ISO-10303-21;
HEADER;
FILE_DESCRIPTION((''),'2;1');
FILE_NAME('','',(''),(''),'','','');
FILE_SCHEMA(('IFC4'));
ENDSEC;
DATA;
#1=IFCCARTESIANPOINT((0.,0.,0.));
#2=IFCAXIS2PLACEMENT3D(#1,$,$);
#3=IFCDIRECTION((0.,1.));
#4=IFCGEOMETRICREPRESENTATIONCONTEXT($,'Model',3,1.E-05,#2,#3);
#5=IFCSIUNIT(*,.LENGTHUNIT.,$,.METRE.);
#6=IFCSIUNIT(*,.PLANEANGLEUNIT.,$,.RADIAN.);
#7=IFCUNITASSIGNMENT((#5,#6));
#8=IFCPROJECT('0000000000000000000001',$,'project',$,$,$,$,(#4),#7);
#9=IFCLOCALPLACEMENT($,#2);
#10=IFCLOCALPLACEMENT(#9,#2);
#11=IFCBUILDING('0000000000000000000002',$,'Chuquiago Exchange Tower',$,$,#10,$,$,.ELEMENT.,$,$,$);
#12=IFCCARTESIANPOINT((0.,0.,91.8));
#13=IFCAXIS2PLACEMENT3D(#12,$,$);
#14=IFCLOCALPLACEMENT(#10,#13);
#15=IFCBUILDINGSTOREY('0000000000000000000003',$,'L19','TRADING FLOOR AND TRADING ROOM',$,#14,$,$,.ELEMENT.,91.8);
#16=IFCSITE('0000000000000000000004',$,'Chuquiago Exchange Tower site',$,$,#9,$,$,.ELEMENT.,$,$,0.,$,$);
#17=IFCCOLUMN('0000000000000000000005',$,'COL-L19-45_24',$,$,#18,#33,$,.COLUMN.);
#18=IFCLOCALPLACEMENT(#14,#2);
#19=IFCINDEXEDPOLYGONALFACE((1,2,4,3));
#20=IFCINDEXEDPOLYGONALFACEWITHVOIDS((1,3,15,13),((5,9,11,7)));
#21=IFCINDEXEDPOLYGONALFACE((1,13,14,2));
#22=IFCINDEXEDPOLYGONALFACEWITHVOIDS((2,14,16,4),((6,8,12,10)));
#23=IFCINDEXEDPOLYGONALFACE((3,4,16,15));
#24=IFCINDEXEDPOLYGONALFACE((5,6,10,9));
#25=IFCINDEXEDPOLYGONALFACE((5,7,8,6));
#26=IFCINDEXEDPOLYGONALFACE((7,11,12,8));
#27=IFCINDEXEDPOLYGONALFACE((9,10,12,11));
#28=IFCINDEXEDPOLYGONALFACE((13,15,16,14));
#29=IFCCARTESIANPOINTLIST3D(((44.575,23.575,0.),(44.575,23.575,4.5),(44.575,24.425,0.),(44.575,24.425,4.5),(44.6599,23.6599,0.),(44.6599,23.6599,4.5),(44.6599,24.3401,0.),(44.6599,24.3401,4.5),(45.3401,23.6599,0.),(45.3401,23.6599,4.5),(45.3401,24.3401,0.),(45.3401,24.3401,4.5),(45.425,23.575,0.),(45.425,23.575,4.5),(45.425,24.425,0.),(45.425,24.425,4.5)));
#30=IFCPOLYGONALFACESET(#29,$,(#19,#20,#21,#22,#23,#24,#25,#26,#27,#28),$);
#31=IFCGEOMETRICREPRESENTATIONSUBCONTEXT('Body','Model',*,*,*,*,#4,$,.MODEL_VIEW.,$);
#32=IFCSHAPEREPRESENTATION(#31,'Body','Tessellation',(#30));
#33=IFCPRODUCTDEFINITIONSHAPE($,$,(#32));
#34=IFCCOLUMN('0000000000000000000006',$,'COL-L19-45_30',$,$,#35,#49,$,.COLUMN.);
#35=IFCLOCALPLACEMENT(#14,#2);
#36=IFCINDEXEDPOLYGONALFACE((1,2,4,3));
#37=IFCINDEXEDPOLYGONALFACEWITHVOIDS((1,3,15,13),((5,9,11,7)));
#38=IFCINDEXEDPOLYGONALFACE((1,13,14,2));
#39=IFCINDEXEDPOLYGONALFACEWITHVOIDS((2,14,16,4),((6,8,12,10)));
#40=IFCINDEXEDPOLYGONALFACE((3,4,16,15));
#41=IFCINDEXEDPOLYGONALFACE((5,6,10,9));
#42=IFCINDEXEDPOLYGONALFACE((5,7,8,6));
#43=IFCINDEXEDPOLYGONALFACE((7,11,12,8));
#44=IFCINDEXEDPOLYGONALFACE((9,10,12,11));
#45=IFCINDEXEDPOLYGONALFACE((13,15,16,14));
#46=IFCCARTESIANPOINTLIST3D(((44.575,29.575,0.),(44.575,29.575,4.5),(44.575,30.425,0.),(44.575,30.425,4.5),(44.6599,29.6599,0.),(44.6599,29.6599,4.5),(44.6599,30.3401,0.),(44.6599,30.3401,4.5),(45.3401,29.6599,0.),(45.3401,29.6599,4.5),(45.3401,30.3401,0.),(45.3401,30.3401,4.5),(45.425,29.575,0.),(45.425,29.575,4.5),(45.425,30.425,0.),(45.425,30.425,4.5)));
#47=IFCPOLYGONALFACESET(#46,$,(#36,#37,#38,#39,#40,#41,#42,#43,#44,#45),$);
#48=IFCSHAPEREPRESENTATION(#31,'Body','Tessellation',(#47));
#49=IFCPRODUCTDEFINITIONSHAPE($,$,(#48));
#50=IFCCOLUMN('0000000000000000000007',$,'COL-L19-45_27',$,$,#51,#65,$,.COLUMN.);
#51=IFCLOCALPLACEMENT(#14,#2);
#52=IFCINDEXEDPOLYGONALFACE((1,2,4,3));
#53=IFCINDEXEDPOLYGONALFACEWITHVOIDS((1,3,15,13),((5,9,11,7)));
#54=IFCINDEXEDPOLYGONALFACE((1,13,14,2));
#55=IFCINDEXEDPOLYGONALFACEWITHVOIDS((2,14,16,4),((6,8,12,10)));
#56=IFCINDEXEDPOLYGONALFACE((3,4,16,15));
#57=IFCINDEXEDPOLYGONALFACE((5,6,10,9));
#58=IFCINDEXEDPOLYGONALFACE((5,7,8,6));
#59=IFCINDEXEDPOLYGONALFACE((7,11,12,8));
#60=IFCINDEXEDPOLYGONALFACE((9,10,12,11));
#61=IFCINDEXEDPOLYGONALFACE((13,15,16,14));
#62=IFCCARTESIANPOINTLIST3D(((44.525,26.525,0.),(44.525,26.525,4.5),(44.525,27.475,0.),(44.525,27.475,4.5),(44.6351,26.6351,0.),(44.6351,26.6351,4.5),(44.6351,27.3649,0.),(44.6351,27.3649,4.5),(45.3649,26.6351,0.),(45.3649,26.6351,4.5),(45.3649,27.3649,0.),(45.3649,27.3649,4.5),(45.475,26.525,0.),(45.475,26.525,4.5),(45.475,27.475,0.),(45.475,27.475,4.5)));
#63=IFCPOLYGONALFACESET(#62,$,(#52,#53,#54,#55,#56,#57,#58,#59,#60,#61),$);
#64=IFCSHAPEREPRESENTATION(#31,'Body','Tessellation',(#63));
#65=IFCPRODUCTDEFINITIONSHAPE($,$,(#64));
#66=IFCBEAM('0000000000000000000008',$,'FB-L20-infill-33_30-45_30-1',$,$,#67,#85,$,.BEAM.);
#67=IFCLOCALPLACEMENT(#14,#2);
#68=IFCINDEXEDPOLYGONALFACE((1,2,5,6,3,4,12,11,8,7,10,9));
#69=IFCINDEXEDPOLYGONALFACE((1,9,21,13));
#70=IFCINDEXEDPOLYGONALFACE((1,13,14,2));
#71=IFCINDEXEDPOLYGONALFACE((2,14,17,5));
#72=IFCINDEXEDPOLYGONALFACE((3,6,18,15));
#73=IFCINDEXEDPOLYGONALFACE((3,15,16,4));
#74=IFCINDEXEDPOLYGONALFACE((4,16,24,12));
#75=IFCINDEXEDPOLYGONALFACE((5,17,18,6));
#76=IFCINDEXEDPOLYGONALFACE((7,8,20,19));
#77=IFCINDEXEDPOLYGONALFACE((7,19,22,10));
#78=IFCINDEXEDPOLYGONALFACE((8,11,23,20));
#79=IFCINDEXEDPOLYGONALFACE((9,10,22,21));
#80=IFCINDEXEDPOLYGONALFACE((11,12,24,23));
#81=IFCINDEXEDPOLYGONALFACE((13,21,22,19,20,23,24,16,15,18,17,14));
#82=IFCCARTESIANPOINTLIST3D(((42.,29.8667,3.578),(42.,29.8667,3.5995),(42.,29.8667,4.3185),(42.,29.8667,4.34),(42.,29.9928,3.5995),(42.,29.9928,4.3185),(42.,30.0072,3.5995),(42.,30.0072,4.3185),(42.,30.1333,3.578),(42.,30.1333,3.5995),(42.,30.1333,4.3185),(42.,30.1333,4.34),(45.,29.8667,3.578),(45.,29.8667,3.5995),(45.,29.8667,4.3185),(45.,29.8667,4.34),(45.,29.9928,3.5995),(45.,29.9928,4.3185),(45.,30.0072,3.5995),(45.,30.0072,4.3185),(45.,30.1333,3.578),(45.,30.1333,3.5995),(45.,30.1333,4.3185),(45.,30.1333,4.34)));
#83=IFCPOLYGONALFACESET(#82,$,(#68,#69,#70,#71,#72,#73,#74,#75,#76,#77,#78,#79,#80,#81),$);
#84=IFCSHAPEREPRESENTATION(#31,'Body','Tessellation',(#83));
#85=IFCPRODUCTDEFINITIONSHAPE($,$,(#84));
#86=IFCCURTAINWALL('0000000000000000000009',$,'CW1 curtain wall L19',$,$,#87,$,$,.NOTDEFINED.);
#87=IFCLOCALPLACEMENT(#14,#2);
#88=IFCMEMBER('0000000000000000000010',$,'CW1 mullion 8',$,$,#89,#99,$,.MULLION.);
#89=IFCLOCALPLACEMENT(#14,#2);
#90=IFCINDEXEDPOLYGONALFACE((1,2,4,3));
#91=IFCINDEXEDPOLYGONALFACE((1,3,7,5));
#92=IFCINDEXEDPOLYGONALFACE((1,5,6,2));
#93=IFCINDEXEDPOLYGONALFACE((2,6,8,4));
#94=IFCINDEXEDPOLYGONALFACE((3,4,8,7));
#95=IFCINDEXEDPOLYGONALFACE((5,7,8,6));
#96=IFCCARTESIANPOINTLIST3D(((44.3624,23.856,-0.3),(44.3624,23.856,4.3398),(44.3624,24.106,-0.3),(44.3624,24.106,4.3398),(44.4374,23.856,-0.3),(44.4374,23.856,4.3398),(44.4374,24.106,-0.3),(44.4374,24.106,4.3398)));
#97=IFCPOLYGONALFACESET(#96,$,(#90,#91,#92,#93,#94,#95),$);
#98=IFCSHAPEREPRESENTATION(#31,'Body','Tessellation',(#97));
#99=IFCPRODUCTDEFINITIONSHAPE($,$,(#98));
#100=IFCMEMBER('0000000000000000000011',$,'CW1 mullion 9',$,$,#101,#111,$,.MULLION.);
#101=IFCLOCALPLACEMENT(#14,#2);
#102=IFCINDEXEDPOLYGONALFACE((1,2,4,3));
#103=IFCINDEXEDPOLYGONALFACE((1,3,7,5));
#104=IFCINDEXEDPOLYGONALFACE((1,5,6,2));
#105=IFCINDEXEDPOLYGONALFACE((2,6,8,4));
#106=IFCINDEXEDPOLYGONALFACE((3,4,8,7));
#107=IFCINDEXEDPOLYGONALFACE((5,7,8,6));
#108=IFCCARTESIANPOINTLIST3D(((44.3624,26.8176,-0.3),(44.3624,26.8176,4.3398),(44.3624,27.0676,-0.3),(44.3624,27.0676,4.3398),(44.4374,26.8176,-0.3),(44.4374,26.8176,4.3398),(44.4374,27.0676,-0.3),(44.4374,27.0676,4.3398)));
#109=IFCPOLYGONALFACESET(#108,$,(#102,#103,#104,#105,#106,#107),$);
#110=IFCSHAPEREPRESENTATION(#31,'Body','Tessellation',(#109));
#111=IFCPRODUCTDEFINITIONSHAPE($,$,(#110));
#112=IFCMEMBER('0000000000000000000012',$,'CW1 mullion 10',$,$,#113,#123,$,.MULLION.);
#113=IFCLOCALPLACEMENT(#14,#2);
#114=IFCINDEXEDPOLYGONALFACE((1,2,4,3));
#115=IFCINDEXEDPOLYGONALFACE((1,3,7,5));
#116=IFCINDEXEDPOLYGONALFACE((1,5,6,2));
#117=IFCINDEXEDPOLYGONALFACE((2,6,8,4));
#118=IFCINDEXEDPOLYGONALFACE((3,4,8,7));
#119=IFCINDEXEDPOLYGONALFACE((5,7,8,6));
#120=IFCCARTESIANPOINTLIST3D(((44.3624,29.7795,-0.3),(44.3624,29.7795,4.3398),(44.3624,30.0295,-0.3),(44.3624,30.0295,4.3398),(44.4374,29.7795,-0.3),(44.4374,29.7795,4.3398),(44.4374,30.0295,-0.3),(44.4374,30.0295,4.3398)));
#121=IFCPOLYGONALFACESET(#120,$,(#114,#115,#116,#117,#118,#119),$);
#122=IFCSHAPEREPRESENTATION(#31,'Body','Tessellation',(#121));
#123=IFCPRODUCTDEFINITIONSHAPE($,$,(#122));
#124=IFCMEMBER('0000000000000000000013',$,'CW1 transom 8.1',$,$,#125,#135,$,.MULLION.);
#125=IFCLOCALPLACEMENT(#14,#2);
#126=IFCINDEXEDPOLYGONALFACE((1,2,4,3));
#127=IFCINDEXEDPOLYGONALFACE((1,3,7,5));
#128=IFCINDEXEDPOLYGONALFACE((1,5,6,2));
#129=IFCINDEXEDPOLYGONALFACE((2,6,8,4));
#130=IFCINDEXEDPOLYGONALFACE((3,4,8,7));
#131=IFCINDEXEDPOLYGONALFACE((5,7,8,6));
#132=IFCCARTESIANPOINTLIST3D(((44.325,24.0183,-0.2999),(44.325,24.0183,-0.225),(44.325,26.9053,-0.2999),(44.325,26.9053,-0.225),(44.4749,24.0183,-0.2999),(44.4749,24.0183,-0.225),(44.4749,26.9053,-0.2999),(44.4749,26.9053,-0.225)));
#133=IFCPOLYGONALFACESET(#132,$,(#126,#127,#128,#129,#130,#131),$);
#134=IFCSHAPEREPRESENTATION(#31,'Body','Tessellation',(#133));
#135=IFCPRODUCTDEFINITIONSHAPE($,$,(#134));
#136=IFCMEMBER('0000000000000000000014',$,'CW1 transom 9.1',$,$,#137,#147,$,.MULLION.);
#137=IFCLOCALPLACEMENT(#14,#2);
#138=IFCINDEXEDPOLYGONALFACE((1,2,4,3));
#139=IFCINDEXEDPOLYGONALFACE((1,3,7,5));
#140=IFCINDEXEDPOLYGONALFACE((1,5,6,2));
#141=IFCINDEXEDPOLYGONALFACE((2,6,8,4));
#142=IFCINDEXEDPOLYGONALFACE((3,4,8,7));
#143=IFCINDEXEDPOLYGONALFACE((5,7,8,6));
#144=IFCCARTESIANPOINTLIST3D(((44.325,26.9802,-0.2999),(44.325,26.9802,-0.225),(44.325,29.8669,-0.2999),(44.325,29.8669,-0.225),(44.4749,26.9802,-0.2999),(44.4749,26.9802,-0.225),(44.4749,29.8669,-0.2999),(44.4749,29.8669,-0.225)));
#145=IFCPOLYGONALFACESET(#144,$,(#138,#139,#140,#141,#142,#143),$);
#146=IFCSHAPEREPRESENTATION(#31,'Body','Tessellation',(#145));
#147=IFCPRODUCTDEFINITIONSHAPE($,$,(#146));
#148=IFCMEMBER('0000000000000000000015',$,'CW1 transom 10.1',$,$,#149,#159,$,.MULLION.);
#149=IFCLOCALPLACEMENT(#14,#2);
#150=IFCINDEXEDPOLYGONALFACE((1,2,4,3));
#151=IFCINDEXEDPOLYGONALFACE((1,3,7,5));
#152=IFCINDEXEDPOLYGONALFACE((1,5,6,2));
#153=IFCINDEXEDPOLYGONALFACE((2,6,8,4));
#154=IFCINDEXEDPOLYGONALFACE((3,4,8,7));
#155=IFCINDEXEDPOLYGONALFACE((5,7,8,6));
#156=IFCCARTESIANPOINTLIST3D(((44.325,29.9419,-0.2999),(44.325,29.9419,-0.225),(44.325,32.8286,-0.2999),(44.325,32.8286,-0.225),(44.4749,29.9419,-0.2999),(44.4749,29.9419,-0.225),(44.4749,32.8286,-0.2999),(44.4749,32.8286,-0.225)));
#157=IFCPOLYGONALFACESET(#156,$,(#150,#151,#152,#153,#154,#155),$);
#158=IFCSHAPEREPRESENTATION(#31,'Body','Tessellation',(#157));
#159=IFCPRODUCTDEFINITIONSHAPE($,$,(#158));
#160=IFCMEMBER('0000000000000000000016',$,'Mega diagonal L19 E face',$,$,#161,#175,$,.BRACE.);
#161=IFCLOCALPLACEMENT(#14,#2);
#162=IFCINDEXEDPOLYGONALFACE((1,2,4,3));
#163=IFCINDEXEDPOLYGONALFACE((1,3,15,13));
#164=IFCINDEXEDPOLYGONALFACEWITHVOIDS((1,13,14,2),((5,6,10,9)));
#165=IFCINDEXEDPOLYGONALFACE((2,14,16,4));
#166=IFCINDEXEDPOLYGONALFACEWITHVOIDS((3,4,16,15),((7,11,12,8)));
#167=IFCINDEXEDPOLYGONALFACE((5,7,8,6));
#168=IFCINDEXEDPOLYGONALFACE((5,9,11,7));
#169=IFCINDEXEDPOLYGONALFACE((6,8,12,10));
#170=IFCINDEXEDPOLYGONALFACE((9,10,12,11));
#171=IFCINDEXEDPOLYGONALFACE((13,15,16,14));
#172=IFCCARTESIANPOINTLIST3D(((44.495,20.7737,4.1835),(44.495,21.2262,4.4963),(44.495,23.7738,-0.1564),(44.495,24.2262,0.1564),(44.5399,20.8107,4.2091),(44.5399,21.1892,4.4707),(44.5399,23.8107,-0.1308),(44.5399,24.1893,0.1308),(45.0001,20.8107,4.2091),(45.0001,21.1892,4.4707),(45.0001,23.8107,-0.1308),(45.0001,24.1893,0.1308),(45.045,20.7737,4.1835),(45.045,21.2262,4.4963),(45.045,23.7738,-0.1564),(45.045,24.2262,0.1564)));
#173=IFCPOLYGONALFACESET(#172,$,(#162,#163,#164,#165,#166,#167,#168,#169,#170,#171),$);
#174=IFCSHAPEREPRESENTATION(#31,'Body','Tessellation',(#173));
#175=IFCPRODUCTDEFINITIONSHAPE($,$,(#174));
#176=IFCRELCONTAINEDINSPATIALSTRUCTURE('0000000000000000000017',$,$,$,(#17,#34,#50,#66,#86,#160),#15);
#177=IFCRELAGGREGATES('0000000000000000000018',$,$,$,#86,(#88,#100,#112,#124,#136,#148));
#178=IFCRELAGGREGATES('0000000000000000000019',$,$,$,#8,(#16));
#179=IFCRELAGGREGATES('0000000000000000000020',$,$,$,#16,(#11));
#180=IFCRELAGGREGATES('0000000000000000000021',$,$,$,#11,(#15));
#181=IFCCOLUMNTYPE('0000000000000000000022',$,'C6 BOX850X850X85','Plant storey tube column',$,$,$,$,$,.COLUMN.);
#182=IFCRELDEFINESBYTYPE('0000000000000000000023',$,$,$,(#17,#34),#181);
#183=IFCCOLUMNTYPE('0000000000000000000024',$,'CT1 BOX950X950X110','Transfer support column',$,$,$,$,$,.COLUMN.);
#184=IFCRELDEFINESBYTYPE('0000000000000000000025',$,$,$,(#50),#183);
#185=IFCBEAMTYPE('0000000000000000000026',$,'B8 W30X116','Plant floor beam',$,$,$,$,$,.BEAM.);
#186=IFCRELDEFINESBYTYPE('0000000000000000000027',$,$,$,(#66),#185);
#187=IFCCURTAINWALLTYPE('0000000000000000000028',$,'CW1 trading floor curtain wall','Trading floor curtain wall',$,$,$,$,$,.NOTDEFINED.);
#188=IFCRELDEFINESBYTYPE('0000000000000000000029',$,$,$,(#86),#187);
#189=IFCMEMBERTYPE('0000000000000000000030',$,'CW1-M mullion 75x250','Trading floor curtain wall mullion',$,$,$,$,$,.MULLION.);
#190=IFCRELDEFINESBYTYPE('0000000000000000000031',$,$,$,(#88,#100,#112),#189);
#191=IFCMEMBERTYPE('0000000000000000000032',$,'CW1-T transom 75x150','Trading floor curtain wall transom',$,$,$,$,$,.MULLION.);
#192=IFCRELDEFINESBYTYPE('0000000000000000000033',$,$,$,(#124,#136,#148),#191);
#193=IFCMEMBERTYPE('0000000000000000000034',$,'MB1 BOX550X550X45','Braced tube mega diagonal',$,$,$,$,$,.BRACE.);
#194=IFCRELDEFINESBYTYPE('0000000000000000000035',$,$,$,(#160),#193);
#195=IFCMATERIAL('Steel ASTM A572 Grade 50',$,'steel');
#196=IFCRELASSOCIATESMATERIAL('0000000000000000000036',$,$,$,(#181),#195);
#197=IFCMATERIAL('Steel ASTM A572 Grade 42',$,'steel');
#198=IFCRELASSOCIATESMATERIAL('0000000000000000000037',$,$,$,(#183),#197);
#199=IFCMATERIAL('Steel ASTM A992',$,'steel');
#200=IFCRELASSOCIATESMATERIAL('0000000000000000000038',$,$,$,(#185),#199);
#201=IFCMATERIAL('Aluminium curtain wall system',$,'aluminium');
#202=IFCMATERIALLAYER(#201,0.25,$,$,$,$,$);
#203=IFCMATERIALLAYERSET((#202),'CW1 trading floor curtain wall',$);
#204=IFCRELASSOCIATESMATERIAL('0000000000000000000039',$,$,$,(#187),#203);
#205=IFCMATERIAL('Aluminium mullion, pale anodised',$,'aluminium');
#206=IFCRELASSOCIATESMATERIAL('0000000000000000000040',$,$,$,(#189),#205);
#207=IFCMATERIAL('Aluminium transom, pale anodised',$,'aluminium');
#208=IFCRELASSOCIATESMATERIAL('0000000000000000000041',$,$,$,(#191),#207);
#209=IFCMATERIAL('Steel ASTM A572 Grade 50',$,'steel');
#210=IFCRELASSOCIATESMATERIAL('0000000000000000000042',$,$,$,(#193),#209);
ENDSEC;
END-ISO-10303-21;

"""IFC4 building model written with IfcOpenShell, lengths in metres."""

from ifc_helpers import new_model, si_unit, direction, frame, origin, origin_2d, place, context, subcontext, project, spatial, rectangle, hollow_rectangle, i_section, extrude, material, layer, layer_set, material_profile, profile_set, type_object, element, aggregate, save


model = new_model("IFC4")

# Units and contexts
model_context = context("Model", 3, precision=1e-05, world=origin(), true_north=direction((0.0, 1.0)))
body_context = subcontext(model_context, "Body", "Model", "MODEL_VIEW")
ifc_project = project(units=[si_unit("LENGTHUNIT", "METRE"), si_unit("PLANEANGLEUNIT", "RADIAN")], contexts=[model_context])

# Site, building, storey
site_placement = place(None, origin())
site = spatial("IfcSite", under=ifc_project, at=site_placement, Name="Chuquiago Exchange Tower site", CompositionType="ELEMENT", RefElevation=0.0)
building_placement = place(site_placement, origin())
building = spatial("IfcBuilding", under=site, at=building_placement, Name="Chuquiago Exchange Tower", CompositionType="ELEMENT")
storey_placement = place(building_placement, frame((0.0, 0.0, 91.8)))
storey = spatial("IfcBuildingStorey", under=building, at=storey_placement, Name="L19", Description="TRADING FLOOR AND TRADING ROOM", CompositionType="ELEMENT", Elevation=91.8)

# Columns
ifc_material_1 = material(Name="Steel ASTM A572 Grade 50", Category="steel")
ifc_material_profile_1 = material_profile(ifc_material_1, hollow_rectangle(XDim=0.8501, YDim=0.8501, WallThickness=0.085, at=origin_2d()), Name="BOX850X850X85")
ifc_profile_set_1 = profile_set([ifc_material_profile_1], Name="Steel ASTM A572 Grade 50")
column_type_1 = type_object("IfcColumnType", Name="C6 BOX850X850X85", Description="Plant storey tube column", PredefinedType="COLUMN", material=ifc_profile_set_1)
for number, where, z_axis, x_axis, name in (
    (1, (45.0, 24.0, 0.0), (0.0, 0.0, 1.0), (1.0, 0.0, 0.0), "COL-L19-45_24"),
    (2, (45.0, 30.0, 0.0), (0.0, 0.0, 1.0), (1.0, 0.0, 0.0), "COL-L19-45_30"),
):
    element("IfcColumn", number, at=place(storey_placement, frame(where, z_axis=z_axis, x_axis=x_axis)), inside=storey, type_object=column_type_1, Name=name, PredefinedType="COLUMN", context=body_context, shape_type="SweptSolid", body=[
        extrude(hollow_rectangle(XDim=0.8501, YDim=0.8501, WallThickness=0.085, at=origin_2d()), origin(), (0.0, 0.0, 1.0), 4.5),
    ])
ifc_material_2 = material(Name="Steel ASTM A572 Grade 42", Category="steel")
ifc_material_profile_2 = material_profile(ifc_material_2, hollow_rectangle(XDim=0.95, YDim=0.95, WallThickness=0.1101, at=origin_2d()), Name="BOX950X950X110")
ifc_profile_set_2 = profile_set([ifc_material_profile_2], Name="Steel ASTM A572 Grade 42")
column_type_2 = type_object("IfcColumnType", Name="CT1 BOX950X950X110", Description="Transfer support column", PredefinedType="COLUMN", material=ifc_profile_set_2)
column_placement = place(storey_placement, frame((45.0, 27.0, 0.0), z_axis=(0.0, 0.0, 1.0), x_axis=(1.0, 0.0, 0.0)))
element("IfcColumn", 3, at=column_placement, inside=storey, type_object=column_type_2, Name="COL-L19-45_27", PredefinedType="COLUMN", context=body_context, shape_type="SweptSolid", body=[
    extrude(hollow_rectangle(XDim=0.95, YDim=0.95, WallThickness=0.1101, at=origin_2d()), origin(), (0.0, 0.0, 1.0), 4.5),
])

# Beam
ifc_material_3 = material(Name="Steel ASTM A992", Category="steel")
ifc_material_profile_3 = material_profile(ifc_material_3, i_section(OverallWidth=0.2666, OverallDepth=0.762, WebThickness=0.0144, FlangeThickness=0.0215, at=origin_2d()), Name="W30X116")
ifc_profile_set_3 = profile_set([ifc_material_profile_3], Name="Steel ASTM A992")
beam_type_1 = type_object("IfcBeamType", Name="B8 W30X116", Description="Plant floor beam", PredefinedType="BEAM", material=ifc_profile_set_3)
beam_placement = place(storey_placement, frame((42.0, 30.0, 3.959), z_axis=(1.0, 0.0, 0.0), x_axis=(0.0, 1.0, 0.0)))
element("IfcBeam", 4, at=beam_placement, inside=storey, type_object=beam_type_1, Name="FB-L20-infill-33_30-45_30-1", PredefinedType="BEAM", context=body_context, shape_type="SweptSolid", body=[
    extrude(i_section(OverallWidth=0.2666, OverallDepth=0.762, WebThickness=0.0144, FlangeThickness=0.0215, at=origin_2d()), origin(), (0.0, 0.0, 1.0), 3.0),
])

# Curtain wall, members
ifc_material_4 = material(Name="Aluminium curtain wall system", Category="aluminium")
ifc_layer_1 = layer(ifc_material_4, 0.25)
ifc_layer_set_1 = layer_set([ifc_layer_1], Name="CW1 trading floor curtain wall")
curtain_wall_type = type_object("IfcCurtainWallType", Name="CW1 trading floor curtain wall", Description="Trading floor curtain wall", PredefinedType="NOTDEFINED", material=ifc_layer_set_1)
curtain_wall_placement = place(storey_placement, origin())
curtain_wall = element("IfcCurtainWall", 5, at=curtain_wall_placement, inside=storey, type_object=curtain_wall_type, Name="CW1 curtain wall L19", PredefinedType="NOTDEFINED")
ifc_material_5 = material(Name="Aluminium mullion, pale anodised", Category="aluminium")
ifc_material_profile_4 = material_profile(ifc_material_5, rectangle(XDim=0.075, YDim=0.25, at=origin_2d()), Name="AL 75x250")
ifc_profile_set_4 = profile_set([ifc_material_profile_4], Name="Aluminium mullion, pale anodised")
member_type_1 = type_object("IfcMemberType", Name="CW1-M mullion 75x250", Description="Trading floor curtain wall mullion", PredefinedType="MULLION", material=ifc_profile_set_4)
member_1_placement = place(storey_placement, frame((44.3999, 23.981, -0.3), z_axis=(0.0, 0.0, 1.0), x_axis=(-1.0, 0.0, 0.0)))
member_1 = element("IfcMember", 6, at=member_1_placement, type_object=member_type_1, Name="CW1 mullion 8", PredefinedType="MULLION", context=body_context, shape_type="SweptSolid", body=[
    extrude(rectangle(XDim=0.075, YDim=0.25, at=origin_2d()), origin(), (0.0, 0.0, 1.0), 4.6399),
])
member_2_placement = place(storey_placement, frame((44.3999, 26.9426, -0.3), z_axis=(0.0, 0.0, 1.0), x_axis=(-1.0, 0.0, 0.0)))
member_2 = element("IfcMember", 7, at=member_2_placement, type_object=member_type_1, Name="CW1 mullion 9", PredefinedType="MULLION", context=body_context, shape_type="SweptSolid", body=[
    extrude(rectangle(XDim=0.075, YDim=0.25, at=origin_2d()), origin(), (0.0, 0.0, 1.0), 4.6399),
])
member_3_placement = place(storey_placement, frame((44.3999, 29.9045, -0.3), z_axis=(0.0, 0.0, 1.0), x_axis=(-1.0, 0.0, 0.0)))
member_3 = element("IfcMember", 8, at=member_3_placement, type_object=member_type_1, Name="CW1 mullion 10", PredefinedType="MULLION", context=body_context, shape_type="SweptSolid", body=[
    extrude(rectangle(XDim=0.075, YDim=0.25, at=origin_2d()), origin(), (0.0, 0.0, 1.0), 4.6399),
])
ifc_material_6 = material(Name="Aluminium transom, pale anodised", Category="aluminium")
ifc_material_profile_5 = material_profile(ifc_material_6, rectangle(XDim=0.1499, YDim=0.075, at=origin_2d()), Name="AL 150x75")
ifc_profile_set_5 = profile_set([ifc_material_profile_5], Name="Aluminium transom, pale anodised")
member_type_2 = type_object("IfcMemberType", Name="CW1-T transom 75x150", Description="Trading floor curtain wall transom", PredefinedType="MULLION", material=ifc_profile_set_5)
member_4_placement = place(storey_placement, frame((44.3999, 24.0183, -0.2625), z_axis=(0.0, 1.0, 0.0), x_axis=(-1.0, 0.0, 0.0)))
member_4 = element("IfcMember", 9, at=member_4_placement, type_object=member_type_2, Name="CW1 transom 8.1", PredefinedType="MULLION", context=body_context, shape_type="SweptSolid", body=[
    extrude(rectangle(XDim=0.1499, YDim=0.075, at=origin_2d()), origin(), (0.0, 0.0, 1.0), 2.887),
])
member_5_placement = place(storey_placement, frame((44.3999, 26.9802, -0.2625), z_axis=(0.0, 1.0, 0.0), x_axis=(-1.0, 0.0, 0.0)))
member_5 = element("IfcMember", 10, at=member_5_placement, type_object=member_type_2, Name="CW1 transom 9.1", PredefinedType="MULLION", context=body_context, shape_type="SweptSolid", body=[
    extrude(rectangle(XDim=0.1499, YDim=0.075, at=origin_2d()), origin(), (0.0, 0.0, 1.0), 2.8867),
])
member_6_placement = place(storey_placement, frame((44.3999, 29.9419, -0.2625), z_axis=(0.0, 1.0, 0.0), x_axis=(-1.0, 0.0, 0.0)))
member_6 = element("IfcMember", 11, at=member_6_placement, type_object=member_type_2, Name="CW1 transom 10.1", PredefinedType="MULLION", context=body_context, shape_type="SweptSolid", body=[
    extrude(rectangle(XDim=0.1499, YDim=0.075, at=origin_2d()), origin(), (0.0, 0.0, 1.0), 2.8867),
])

# Member
ifc_material_7 = material(Name="Steel ASTM A572 Grade 50", Category="steel")
ifc_material_profile_6 = material_profile(ifc_material_7, hollow_rectangle(XDim=0.55, YDim=0.55, WallThickness=0.0449, at=origin_2d()), Name="BOX550X550X45")
ifc_profile_set_6 = profile_set([ifc_material_profile_6], Name="Steel ASTM A572 Grade 50")
member_type_3 = type_object("IfcMemberType", Name="MB1 BOX550X550X45", Description="Braced tube mega diagonal", PredefinedType="BRACE", material=ifc_profile_set_6)
member_7_placement = place(storey_placement, frame((44.77, 24.0, 0.0), z_axis=(0.0, -0.568632, 0.822592), x_axis=(1.0, 0.0, 0.0)))
element("IfcMember", 12, at=member_7_placement, inside=storey, type_object=member_type_3, Name="Mega diagonal L19 E face", PredefinedType="BRACE", context=body_context, shape_type="SweptSolid", body=[
    extrude(hollow_rectangle(XDim=0.55, YDim=0.55, WallThickness=0.0449, at=origin_2d()), origin(), (0.0, 0.0, 1.0), 5.2759),
])

aggregate(curtain_wall, [member_1, member_2, member_3, member_4, member_5, member_6])

save(model, "model.ifc")
